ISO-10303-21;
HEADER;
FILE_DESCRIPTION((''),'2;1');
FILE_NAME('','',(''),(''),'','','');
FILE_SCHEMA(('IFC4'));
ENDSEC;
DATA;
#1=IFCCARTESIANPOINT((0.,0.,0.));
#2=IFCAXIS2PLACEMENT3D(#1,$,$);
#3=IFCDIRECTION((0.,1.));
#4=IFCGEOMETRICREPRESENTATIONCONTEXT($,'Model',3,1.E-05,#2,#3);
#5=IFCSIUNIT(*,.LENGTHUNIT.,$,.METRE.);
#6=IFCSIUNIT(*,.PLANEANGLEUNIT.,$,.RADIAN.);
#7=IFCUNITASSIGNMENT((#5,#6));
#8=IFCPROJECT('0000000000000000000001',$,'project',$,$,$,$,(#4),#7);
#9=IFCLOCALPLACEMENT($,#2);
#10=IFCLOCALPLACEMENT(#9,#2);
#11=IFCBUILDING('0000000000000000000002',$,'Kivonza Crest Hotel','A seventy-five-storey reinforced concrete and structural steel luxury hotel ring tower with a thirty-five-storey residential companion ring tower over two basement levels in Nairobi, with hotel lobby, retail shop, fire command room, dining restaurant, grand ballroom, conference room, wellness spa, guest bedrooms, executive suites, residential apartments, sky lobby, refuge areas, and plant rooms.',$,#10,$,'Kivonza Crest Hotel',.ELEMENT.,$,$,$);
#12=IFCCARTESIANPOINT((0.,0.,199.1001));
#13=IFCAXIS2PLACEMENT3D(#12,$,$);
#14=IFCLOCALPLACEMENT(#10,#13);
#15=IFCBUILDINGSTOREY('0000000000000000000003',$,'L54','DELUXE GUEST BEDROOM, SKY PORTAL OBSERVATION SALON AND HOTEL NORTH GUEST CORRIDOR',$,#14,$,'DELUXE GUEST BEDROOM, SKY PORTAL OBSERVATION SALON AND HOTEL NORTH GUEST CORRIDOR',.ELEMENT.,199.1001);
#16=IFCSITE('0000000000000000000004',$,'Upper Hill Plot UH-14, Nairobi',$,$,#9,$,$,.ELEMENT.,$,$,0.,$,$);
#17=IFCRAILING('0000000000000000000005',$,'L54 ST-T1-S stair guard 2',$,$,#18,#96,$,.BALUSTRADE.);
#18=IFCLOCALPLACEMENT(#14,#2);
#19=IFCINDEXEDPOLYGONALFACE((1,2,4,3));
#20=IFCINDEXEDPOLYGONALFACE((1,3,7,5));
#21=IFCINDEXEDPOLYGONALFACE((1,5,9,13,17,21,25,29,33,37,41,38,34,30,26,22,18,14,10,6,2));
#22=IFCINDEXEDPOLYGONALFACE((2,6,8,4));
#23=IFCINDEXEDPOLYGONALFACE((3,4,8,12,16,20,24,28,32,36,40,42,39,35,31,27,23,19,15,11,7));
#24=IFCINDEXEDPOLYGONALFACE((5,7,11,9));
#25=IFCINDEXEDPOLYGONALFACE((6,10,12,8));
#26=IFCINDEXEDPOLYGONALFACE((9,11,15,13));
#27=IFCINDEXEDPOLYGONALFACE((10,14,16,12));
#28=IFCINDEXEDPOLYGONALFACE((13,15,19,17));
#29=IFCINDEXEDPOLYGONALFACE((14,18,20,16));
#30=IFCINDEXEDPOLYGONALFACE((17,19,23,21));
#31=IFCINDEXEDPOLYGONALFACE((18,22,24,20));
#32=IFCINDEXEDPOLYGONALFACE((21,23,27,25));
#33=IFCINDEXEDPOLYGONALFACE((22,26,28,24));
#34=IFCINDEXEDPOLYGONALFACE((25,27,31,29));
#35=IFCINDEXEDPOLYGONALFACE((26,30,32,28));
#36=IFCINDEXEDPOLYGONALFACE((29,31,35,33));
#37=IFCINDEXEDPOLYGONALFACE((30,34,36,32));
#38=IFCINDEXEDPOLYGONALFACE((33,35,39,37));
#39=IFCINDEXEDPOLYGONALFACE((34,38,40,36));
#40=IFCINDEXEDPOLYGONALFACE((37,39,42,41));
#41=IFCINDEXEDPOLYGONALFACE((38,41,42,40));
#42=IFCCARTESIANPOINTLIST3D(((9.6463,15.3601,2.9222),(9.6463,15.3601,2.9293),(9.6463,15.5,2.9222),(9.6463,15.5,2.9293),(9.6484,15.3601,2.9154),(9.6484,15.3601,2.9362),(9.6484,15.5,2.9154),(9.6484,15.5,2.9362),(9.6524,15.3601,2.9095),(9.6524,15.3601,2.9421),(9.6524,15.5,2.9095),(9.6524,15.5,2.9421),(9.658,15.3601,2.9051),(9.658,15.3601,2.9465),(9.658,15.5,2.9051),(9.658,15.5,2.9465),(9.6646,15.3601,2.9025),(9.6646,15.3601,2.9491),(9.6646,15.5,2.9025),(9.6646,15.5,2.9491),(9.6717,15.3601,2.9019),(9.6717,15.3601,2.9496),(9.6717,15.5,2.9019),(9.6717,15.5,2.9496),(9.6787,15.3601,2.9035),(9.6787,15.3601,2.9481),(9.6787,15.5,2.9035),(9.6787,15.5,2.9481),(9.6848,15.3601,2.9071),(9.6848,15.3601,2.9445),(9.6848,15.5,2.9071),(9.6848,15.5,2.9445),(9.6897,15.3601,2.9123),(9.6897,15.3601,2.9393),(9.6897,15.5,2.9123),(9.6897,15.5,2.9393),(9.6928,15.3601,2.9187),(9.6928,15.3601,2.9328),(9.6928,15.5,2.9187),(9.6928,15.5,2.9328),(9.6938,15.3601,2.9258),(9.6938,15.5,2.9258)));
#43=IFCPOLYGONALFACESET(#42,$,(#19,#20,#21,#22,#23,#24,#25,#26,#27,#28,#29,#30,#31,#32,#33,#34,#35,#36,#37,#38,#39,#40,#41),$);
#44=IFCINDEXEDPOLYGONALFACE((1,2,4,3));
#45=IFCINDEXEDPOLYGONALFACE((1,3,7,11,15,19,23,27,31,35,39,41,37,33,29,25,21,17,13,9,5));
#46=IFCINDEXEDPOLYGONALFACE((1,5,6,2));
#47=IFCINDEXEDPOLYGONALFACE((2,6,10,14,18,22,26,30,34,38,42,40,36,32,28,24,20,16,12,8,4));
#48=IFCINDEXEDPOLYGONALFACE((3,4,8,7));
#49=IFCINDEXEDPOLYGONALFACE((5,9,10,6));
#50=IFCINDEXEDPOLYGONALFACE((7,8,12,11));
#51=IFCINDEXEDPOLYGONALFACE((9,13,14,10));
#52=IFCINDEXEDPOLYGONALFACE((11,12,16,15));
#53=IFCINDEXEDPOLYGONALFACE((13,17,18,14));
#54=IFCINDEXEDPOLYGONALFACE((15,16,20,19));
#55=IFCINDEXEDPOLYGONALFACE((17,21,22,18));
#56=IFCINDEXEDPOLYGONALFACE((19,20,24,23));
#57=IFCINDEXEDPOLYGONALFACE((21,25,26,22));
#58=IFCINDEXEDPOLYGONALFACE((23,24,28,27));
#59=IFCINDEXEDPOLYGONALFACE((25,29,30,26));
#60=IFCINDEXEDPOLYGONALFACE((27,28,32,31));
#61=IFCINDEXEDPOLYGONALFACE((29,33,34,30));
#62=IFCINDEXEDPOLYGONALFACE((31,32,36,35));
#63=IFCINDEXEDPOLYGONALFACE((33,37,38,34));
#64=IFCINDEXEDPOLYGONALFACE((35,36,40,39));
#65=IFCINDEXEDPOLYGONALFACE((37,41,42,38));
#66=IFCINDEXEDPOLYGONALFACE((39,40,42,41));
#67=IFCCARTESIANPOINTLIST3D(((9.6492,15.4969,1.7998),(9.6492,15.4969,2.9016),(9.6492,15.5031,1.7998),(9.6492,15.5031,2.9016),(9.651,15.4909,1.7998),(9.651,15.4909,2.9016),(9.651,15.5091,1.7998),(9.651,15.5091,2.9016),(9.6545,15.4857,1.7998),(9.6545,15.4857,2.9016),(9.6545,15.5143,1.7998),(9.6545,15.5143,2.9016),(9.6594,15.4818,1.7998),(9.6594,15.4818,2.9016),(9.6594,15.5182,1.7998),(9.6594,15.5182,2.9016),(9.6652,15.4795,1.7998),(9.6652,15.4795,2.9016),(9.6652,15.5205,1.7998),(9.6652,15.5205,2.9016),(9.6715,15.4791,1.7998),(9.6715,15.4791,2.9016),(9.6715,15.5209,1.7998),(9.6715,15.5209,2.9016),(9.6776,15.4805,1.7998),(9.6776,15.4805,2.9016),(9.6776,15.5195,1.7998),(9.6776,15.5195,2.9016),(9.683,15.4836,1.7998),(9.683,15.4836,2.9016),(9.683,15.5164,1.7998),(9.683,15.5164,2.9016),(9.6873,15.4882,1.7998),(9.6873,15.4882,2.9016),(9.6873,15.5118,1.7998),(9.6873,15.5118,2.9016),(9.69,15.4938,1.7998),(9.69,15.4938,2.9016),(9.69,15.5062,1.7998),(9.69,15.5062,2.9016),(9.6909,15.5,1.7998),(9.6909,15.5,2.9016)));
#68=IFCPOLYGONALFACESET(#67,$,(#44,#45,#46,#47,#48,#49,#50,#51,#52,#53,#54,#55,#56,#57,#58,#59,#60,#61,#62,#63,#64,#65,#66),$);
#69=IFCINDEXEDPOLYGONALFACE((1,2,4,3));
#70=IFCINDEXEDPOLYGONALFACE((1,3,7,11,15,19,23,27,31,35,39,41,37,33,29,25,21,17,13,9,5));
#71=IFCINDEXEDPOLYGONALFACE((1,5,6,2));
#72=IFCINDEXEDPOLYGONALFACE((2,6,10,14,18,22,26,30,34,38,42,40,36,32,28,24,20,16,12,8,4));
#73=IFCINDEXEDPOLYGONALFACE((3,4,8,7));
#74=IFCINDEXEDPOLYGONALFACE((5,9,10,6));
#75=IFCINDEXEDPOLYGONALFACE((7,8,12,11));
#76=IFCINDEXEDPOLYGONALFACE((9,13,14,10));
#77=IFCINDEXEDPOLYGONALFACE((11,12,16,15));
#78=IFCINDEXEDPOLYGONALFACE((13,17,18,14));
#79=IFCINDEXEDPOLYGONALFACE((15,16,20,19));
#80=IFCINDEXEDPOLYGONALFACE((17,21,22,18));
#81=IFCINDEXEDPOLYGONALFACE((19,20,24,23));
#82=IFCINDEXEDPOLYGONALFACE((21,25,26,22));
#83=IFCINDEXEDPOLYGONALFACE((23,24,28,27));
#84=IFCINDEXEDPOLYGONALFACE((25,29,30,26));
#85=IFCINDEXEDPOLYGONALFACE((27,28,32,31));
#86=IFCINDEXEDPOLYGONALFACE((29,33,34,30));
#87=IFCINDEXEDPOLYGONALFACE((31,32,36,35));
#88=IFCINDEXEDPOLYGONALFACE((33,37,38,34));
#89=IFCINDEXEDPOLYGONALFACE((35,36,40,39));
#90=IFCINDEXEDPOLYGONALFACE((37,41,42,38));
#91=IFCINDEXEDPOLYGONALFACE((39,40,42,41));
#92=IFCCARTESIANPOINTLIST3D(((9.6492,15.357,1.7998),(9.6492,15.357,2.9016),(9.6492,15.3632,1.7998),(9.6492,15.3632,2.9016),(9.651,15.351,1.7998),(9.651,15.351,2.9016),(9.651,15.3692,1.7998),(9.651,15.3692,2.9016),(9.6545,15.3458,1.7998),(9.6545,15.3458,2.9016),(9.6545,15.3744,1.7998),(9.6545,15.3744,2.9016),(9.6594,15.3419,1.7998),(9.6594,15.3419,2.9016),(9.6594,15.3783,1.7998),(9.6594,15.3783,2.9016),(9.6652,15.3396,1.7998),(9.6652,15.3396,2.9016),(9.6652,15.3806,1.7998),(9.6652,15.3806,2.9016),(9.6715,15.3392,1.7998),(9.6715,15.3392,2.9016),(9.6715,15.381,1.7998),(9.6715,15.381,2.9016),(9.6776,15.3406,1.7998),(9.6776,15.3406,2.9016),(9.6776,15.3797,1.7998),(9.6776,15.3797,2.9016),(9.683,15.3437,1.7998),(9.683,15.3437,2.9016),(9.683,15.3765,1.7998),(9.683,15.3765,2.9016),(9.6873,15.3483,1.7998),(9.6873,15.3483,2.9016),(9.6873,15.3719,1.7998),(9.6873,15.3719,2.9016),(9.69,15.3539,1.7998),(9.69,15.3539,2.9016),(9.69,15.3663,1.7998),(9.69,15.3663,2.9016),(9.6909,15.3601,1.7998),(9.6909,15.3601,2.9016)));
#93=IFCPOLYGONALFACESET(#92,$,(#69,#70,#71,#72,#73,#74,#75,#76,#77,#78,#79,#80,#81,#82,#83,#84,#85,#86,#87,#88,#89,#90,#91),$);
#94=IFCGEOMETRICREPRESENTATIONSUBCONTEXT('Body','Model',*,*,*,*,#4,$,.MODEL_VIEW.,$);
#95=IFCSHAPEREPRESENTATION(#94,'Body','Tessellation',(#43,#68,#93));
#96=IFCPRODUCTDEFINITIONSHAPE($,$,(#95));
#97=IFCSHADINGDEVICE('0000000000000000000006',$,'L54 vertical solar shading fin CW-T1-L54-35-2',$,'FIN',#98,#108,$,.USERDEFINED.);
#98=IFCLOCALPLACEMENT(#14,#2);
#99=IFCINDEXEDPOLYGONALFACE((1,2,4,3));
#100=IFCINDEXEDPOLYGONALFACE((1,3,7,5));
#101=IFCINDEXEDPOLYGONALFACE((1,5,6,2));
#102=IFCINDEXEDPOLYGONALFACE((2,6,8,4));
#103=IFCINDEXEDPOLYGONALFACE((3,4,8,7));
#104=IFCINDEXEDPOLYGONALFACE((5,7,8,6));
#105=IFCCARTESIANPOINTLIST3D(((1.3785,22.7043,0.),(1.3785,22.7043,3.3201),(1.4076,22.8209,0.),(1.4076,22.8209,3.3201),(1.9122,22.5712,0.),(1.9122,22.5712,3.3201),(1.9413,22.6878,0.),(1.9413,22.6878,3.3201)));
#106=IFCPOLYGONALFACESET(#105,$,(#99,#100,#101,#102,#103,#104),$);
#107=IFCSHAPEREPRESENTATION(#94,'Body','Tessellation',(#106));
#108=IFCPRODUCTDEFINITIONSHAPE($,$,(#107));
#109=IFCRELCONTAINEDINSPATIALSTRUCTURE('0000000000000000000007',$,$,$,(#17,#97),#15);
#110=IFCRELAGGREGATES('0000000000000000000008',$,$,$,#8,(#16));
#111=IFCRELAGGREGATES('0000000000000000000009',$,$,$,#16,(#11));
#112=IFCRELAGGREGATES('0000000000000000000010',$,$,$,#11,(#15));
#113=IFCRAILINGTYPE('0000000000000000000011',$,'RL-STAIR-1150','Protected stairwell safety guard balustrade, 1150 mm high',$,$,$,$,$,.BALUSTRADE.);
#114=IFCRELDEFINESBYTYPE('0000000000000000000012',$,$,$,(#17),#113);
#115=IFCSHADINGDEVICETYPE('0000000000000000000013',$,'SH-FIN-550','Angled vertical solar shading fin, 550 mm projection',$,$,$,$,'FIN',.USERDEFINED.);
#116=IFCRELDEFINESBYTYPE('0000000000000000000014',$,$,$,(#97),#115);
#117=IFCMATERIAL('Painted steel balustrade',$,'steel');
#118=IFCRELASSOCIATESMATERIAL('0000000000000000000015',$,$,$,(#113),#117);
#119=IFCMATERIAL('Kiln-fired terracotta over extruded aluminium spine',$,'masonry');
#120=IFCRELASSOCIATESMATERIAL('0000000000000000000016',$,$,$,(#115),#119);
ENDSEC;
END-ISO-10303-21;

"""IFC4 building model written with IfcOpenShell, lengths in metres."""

from ifc_helpers import new_model, si_unit, direction, frame, origin, origin_2d, place, context, subcontext, project, spatial, rectangle, circle, extrude, material, type_object, element, save


model = new_model("IFC4")

# Units and contexts
model_context = context("Model", 3, precision=1e-05, world=origin(), true_north=direction((0.0, 1.0)))
body_context = subcontext(model_context, "Body", "Model", "MODEL_VIEW")
ifc_project = project(units=[si_unit("LENGTHUNIT", "METRE"), si_unit("PLANEANGLEUNIT", "RADIAN")], contexts=[model_context])

# Site, building, storey
site_placement = place(None, origin())
site = spatial("IfcSite", under=ifc_project, at=site_placement, Name="Upper Hill Plot UH-14, Nairobi", CompositionType="ELEMENT", RefElevation=0.0)
building_placement = place(site_placement, origin())
building = spatial("IfcBuilding", under=site, at=building_placement, Name="Kivonza Crest Hotel", Description="A seventy-five-storey reinforced concrete and structural steel luxury hotel ring tower with a thirty-five-storey residential companion ring tower over two basement levels in Nairobi, with hotel lobby, retail shop, fire command room, dining restaurant, grand ballroom, conference room, wellness spa, guest bedrooms, executive suites, residential apartments, sky lobby, refuge areas, and plant rooms.", LongName="Kivonza Crest Hotel", CompositionType="ELEMENT")
storey_placement = place(building_placement, frame((0.0, 0.0, 199.1001)))
storey = spatial("IfcBuildingStorey", under=building, at=storey_placement, Name="L54", Description="DELUXE GUEST BEDROOM, SKY PORTAL OBSERVATION SALON AND HOTEL NORTH GUEST CORRIDOR", LongName="DELUXE GUEST BEDROOM, SKY PORTAL OBSERVATION SALON AND HOTEL NORTH GUEST CORRIDOR", CompositionType="ELEMENT", Elevation=199.1001)

# Railing
ifc_material_1 = material(Name="Painted steel balustrade", Category="steel")
railing_type_1 = type_object("IfcRailingType", Name="RL-STAIR-1150", Description="Protected stairwell safety guard balustrade, 1150 mm high", PredefinedType="BALUSTRADE", material=ifc_material_1)
railing_1_placement = place(storey_placement, frame((9.6699, 15.5, 1.7998)))
element("IfcRailing", 1, at=railing_1_placement, inside=storey, type_object=railing_type_1, Name="L54 ST-T1-S stair guard 2", PredefinedType="BALUSTRADE", context=body_context, shape_type="SweptSolid", body=[
    extrude(circle(Radius=0.0239, at=origin_2d()), frame((0.0, 0.0, 1.126), z_axis=(0.0, -1.0, 0.0), x_axis=(1.0, 0.0, 0.0)), (0.0, 0.0, 1.0), 0.1399),
    extrude(circle(Radius=0.021, at=origin_2d()), origin(), (0.0, 0.0, 1.0), 1.1018),
    extrude(circle(Radius=0.021, at=origin_2d()), frame((0.0, -0.1399, 0.0)), (0.0, 0.0, 1.0), 1.1018),
])

# Shading device
ifc_material_2 = material(Name="Kiln-fired terracotta over extruded aluminium spine", Category="masonry")
shading_device_type = type_object("IfcShadingDeviceType", Name="SH-FIN-550", Description="Angled vertical solar shading fin, 550 mm projection", ElementType="FIN", PredefinedType="USERDEFINED", material=ifc_material_2)
shading_device_placement = place(storey_placement, frame((1.6599, 22.696, 0.0), z_axis=(0.0, 0.0, 1.0), x_axis=(-0.241922, -0.970296, 0.0)))
element("IfcShadingDevice", 2, at=shading_device_placement, inside=storey, type_object=shading_device_type, Name="L54 vertical solar shading fin CW-T1-L54-35-2", ObjectType="FIN", PredefinedType="USERDEFINED", context=body_context, shape_type="SweptSolid", body=[
    extrude(rectangle(XDim=0.1201, YDim=0.55, at=origin_2d()), origin(), (0.0, 0.0, 1.0), 3.3201),
])

save(model, "model.ifc")
